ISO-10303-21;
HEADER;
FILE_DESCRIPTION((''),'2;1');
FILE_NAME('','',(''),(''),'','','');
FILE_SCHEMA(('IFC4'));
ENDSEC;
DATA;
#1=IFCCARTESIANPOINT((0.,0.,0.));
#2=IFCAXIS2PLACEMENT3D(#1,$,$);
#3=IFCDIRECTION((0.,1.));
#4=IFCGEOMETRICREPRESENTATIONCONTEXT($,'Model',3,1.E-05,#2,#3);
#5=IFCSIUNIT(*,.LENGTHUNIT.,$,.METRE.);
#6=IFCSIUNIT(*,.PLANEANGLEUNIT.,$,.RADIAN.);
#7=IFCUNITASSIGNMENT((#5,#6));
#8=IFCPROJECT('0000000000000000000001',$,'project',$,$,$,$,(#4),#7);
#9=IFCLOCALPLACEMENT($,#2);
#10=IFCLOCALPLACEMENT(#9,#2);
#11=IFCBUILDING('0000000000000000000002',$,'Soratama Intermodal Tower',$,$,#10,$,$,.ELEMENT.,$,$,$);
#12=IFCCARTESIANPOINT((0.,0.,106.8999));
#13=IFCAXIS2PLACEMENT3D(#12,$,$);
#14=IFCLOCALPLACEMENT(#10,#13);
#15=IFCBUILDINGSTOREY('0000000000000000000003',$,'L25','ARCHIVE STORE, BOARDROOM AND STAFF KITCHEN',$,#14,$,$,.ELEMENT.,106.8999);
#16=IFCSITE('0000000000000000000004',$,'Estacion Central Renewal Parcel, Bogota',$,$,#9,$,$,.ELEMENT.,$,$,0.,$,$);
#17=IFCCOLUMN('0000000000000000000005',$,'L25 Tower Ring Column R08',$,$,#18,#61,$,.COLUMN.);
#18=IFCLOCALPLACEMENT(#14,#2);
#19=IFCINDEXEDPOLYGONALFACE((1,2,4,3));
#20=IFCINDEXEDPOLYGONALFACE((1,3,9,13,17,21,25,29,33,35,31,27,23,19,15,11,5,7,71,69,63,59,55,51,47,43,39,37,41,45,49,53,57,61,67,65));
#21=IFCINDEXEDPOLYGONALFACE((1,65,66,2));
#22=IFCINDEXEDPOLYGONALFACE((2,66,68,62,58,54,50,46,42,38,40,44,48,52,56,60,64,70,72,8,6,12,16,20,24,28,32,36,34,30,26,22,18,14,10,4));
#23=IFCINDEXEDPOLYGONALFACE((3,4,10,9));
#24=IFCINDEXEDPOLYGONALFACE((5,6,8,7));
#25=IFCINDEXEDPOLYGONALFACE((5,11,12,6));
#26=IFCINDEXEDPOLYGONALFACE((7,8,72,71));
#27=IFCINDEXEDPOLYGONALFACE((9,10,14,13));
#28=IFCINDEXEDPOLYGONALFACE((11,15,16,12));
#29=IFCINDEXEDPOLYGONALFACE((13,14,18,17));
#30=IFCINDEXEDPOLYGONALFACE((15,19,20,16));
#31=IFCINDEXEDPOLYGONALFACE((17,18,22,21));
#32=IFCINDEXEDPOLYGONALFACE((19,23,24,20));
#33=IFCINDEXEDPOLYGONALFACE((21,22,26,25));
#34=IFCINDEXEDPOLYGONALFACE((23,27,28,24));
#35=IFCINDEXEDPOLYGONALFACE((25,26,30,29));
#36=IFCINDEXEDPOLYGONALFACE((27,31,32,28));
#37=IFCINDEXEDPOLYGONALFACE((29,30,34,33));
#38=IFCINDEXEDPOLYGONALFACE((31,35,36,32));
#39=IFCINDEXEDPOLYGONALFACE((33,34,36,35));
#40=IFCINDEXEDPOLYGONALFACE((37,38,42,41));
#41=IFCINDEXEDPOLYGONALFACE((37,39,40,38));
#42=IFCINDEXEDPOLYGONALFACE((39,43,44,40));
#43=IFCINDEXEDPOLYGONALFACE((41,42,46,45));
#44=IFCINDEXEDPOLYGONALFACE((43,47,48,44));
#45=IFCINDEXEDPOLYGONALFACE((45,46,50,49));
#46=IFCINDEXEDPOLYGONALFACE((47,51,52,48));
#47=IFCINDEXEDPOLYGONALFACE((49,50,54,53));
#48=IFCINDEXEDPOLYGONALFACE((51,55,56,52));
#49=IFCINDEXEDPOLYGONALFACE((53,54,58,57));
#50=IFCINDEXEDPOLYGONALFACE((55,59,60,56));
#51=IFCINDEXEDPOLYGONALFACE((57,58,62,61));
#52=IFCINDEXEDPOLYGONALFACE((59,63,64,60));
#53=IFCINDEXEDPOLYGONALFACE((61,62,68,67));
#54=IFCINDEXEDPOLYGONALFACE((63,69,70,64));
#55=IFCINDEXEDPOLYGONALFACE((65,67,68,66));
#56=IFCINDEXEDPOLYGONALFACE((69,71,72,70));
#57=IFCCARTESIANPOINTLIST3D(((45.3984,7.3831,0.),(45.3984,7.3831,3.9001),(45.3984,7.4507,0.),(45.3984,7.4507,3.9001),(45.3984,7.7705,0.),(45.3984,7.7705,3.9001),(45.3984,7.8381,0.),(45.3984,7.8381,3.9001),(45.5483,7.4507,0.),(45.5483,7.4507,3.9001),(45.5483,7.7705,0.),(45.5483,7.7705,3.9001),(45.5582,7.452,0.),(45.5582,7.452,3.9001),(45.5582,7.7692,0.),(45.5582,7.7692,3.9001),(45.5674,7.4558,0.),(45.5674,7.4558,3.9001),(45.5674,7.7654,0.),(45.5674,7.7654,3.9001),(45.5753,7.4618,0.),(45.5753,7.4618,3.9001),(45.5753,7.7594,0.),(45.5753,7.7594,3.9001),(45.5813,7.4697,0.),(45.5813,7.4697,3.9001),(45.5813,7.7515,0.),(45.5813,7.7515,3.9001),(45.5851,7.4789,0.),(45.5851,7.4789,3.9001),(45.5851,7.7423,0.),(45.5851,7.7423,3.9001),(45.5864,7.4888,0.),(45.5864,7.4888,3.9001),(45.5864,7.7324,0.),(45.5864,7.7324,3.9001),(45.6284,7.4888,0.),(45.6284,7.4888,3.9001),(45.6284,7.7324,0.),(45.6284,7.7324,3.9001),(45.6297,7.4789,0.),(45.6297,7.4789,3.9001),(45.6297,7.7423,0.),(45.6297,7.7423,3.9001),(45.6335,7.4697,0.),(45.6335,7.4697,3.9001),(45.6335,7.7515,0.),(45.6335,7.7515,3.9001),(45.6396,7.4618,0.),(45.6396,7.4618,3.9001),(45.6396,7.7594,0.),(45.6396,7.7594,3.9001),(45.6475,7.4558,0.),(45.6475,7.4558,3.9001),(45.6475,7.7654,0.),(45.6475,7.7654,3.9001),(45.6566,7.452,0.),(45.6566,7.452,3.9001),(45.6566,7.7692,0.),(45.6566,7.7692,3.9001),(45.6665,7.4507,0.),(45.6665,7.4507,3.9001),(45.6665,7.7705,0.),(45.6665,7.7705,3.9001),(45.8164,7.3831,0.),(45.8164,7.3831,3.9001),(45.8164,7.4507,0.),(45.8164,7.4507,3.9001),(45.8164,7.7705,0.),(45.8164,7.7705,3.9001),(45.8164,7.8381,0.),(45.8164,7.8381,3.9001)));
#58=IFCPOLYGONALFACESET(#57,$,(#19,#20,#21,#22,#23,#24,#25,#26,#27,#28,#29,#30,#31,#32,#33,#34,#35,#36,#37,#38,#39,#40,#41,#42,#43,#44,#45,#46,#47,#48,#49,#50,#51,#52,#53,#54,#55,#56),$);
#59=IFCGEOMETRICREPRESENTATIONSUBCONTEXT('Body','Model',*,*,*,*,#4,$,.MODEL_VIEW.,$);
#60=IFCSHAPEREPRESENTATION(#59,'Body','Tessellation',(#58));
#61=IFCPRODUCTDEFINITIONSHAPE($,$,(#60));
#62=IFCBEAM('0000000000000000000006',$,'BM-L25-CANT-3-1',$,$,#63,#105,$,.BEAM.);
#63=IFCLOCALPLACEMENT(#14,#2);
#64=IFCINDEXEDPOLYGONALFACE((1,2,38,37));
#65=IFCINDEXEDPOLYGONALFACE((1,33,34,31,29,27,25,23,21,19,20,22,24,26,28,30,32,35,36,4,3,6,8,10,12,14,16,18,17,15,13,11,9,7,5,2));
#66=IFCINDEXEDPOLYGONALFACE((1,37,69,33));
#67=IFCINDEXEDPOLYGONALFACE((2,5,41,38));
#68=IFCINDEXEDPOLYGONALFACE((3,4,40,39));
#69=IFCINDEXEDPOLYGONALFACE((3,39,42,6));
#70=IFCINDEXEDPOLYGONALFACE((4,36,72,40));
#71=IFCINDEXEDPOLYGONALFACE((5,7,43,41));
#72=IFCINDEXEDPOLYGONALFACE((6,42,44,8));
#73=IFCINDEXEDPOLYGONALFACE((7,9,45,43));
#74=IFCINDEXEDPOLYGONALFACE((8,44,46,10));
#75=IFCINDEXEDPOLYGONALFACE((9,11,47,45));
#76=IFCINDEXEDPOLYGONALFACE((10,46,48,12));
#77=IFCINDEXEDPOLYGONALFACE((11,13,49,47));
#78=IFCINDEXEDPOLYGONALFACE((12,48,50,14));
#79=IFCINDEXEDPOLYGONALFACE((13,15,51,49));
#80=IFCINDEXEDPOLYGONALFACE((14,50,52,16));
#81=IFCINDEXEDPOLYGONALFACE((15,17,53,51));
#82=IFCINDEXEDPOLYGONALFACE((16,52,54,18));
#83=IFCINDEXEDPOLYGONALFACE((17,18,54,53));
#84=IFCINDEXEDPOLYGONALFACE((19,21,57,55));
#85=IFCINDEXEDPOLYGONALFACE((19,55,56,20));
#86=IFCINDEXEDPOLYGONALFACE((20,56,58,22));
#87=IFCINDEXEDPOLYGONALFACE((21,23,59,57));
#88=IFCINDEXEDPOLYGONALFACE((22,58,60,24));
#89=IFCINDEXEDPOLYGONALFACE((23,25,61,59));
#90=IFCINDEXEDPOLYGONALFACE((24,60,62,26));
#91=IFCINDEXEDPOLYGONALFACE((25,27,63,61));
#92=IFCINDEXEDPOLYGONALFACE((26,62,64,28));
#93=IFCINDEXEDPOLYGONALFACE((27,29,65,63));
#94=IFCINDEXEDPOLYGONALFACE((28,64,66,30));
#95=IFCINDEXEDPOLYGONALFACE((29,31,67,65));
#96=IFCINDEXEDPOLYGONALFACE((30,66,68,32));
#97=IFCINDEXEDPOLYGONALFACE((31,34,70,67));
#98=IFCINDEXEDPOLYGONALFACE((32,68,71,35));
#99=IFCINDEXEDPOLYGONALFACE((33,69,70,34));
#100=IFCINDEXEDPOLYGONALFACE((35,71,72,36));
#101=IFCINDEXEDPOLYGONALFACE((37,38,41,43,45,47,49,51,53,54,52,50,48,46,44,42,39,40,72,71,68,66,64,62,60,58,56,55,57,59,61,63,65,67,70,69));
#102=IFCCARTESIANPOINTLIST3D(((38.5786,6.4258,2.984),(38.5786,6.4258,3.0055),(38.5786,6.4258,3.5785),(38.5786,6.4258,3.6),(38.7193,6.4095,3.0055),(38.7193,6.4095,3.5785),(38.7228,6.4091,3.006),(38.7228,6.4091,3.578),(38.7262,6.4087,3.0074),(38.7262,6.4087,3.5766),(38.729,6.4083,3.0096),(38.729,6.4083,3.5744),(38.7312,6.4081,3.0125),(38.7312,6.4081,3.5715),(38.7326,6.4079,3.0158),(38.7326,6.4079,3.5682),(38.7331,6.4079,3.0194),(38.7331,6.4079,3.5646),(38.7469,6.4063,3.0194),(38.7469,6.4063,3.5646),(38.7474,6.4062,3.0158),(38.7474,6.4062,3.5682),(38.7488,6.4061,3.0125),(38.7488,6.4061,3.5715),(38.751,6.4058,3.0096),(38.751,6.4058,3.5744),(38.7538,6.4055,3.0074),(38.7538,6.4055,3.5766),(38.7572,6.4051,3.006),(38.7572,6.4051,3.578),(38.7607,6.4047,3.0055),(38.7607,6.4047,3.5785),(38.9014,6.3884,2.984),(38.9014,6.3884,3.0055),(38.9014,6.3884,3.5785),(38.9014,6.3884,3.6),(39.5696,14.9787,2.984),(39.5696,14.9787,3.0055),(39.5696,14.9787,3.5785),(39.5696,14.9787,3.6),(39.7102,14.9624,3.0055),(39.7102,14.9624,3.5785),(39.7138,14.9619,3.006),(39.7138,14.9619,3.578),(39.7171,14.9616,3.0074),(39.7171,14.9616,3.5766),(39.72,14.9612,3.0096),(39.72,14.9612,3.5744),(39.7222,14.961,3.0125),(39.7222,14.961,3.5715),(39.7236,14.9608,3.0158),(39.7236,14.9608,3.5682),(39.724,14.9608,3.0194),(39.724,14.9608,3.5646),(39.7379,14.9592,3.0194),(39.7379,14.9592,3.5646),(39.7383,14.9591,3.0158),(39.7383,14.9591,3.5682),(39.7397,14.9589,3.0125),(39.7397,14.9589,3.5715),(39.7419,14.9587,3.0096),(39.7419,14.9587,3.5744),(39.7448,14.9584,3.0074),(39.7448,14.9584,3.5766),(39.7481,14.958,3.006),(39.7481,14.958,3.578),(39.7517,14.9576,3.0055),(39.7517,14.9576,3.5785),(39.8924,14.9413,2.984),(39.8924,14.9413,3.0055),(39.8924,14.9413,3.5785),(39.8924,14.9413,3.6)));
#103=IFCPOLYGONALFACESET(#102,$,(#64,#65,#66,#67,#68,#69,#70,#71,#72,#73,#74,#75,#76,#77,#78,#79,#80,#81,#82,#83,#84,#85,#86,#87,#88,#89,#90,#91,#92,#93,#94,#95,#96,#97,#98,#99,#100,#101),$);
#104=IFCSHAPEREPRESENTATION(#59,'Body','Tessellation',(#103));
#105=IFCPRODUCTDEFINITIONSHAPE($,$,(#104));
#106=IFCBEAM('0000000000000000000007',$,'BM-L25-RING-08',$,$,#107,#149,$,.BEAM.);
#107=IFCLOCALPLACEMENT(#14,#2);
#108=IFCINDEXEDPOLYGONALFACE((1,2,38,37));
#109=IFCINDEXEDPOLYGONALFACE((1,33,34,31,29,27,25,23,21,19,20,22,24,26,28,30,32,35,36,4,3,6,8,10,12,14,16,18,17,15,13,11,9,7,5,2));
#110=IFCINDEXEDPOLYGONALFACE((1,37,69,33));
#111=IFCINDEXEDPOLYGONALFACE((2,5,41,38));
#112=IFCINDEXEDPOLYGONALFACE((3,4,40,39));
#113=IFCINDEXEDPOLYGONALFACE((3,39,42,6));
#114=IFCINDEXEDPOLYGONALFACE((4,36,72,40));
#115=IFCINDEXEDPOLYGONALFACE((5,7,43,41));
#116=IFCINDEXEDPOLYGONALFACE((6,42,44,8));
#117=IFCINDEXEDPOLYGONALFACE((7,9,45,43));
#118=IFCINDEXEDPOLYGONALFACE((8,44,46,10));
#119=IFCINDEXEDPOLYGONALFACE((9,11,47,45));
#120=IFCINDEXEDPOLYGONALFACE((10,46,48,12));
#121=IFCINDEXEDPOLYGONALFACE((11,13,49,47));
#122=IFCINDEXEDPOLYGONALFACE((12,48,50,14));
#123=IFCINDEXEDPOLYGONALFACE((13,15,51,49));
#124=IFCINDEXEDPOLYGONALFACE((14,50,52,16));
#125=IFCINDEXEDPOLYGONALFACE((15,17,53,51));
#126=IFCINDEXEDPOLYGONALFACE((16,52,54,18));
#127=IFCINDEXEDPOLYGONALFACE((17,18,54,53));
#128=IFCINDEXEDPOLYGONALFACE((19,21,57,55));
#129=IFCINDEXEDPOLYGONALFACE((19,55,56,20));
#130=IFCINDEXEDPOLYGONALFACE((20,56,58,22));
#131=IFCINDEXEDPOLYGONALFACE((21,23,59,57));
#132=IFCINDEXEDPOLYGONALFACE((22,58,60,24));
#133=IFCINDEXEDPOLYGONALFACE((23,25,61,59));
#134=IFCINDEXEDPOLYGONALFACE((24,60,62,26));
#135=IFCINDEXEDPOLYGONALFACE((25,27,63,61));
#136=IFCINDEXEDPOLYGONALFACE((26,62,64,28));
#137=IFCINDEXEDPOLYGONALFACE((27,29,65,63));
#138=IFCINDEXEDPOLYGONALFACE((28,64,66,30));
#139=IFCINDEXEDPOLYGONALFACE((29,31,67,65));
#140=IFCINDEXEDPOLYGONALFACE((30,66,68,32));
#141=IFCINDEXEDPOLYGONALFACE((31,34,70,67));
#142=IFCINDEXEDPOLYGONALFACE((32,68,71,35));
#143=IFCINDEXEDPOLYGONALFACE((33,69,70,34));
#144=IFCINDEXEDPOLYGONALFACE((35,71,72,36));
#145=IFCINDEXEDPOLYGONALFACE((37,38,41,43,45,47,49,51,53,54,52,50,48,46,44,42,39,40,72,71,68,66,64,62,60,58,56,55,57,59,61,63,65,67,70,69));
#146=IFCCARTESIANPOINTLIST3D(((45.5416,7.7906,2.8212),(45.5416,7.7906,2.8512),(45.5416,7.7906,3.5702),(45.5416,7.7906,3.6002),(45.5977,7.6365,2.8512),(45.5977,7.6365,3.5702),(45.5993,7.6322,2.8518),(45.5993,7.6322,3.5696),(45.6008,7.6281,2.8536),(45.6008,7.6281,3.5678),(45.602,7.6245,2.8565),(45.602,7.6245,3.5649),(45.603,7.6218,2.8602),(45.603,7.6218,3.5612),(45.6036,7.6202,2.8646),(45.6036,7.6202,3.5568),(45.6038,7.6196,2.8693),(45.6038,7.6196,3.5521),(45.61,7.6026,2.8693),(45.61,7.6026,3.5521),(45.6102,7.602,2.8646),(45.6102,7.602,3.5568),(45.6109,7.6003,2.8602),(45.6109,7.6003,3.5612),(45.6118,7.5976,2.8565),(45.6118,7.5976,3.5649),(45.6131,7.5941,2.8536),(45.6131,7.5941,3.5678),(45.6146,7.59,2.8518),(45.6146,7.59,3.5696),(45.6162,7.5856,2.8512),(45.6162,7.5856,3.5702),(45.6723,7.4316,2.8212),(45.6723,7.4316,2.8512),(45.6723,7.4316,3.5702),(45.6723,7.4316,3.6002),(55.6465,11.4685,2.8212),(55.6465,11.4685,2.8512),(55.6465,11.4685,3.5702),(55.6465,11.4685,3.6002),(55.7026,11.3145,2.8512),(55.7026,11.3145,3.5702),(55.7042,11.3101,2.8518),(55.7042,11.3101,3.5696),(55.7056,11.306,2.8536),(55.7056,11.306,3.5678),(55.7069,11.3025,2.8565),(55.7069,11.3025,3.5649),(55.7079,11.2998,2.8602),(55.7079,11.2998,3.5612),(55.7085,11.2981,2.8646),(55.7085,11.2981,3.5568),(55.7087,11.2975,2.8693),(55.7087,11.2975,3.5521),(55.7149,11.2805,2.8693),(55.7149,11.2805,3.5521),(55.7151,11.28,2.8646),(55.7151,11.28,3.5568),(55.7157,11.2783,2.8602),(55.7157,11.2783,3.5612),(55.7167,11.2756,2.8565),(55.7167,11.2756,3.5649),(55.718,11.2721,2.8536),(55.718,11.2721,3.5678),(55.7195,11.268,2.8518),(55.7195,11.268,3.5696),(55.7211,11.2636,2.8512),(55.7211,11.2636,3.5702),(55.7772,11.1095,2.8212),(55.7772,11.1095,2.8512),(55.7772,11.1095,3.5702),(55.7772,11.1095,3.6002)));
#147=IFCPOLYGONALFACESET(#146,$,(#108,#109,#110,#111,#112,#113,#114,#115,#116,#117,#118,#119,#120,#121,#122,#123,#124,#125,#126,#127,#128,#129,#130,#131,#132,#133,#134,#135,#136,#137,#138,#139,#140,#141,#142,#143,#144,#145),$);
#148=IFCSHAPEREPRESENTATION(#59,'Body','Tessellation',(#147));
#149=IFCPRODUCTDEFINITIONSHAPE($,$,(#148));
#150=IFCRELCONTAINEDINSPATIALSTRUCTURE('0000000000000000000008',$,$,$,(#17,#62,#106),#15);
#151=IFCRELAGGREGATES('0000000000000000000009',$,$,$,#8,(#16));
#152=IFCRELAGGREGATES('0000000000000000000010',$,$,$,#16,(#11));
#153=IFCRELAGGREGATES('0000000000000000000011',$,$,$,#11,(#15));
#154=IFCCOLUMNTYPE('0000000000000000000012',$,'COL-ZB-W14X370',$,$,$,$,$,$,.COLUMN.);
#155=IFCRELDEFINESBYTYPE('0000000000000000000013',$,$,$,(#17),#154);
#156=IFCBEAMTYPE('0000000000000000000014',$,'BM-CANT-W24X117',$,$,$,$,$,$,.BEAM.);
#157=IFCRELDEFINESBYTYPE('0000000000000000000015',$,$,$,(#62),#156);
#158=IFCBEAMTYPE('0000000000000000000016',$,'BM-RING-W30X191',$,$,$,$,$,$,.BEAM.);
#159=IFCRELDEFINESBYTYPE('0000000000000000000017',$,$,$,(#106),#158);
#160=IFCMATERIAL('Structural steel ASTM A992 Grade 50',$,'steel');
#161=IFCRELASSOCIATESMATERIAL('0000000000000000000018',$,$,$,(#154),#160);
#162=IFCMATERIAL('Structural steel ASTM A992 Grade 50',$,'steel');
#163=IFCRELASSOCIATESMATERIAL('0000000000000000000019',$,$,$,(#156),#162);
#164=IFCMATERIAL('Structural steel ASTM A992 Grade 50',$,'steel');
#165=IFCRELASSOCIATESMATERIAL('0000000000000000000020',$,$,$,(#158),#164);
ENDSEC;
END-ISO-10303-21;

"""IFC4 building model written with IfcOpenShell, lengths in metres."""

from ifc_helpers import new_model, si_unit, direction, frame, origin, origin_2d, place, context, subcontext, project, spatial, i_section, extrude, material, material_profile, profile_set, type_object, element, save


model = new_model("IFC4")

# Units and contexts
model_context = context("Model", 3, precision=1e-05, world=origin(), true_north=direction((0.0, 1.0)))
body_context = subcontext(model_context, "Body", "Model", "MODEL_VIEW")
ifc_project = project(units=[si_unit("LENGTHUNIT", "METRE"), si_unit("PLANEANGLEUNIT", "RADIAN")], contexts=[model_context])

# Site, building, storey
site_placement = place(None, origin())
site = spatial("IfcSite", under=ifc_project, at=site_placement, Name="Estacion Central Renewal Parcel, Bogota", CompositionType="ELEMENT", RefElevation=0.0)
building_placement = place(site_placement, origin())
building = spatial("IfcBuilding", under=site, at=building_placement, Name="Soratama Intermodal Tower", CompositionType="ELEMENT")
storey_placement = place(building_placement, frame((0.0, 0.0, 106.8999)))
storey = spatial("IfcBuildingStorey", under=building, at=storey_placement, Name="L25", Description="ARCHIVE STORE, BOARDROOM AND STAFF KITCHEN", CompositionType="ELEMENT", Elevation=106.8999)

# Column
ifc_material_1 = material(Name="Structural steel ASTM A992 Grade 50", Category="steel")
ifc_material_profile_1 = material_profile(ifc_material_1, i_section(OverallWidth=0.418, OverallDepth=0.4551, WebThickness=0.042, FlangeThickness=0.0676, FilletRadius=0.0381, at=origin_2d()), Name="W14X370")
ifc_profile_set_1 = profile_set([ifc_material_profile_1], Name="Structural steel ASTM A992 Grade 50")
column_type = type_object("IfcColumnType", Name="COL-ZB-W14X370", PredefinedType="COLUMN", material=ifc_profile_set_1)
column_placement = place(storey_placement, frame((45.6074, 7.6106, 0.0), z_axis=(0.0, 0.0, 1.0), x_axis=(1.0, 0.0, 0.0)))
element("IfcColumn", 1, at=column_placement, inside=storey, type_object=column_type, Name="L25 Tower Ring Column R08", PredefinedType="COLUMN", context=body_context, shape_type="SweptSolid", body=[
    extrude(i_section(OverallWidth=0.418, OverallDepth=0.4551, WebThickness=0.042, FlangeThickness=0.0676, FilletRadius=0.0381, at=origin_2d()), origin(), (0.0, 0.0, 1.0), 3.9001),
])

# Beams
ifc_material_2 = material(Name="Structural steel ASTM A992 Grade 50", Category="steel")
ifc_material_profile_2 = material_profile(ifc_material_2, i_section(OverallWidth=0.325, OverallDepth=0.616, WebThickness=0.0139, FlangeThickness=0.0215, FilletRadius=0.0139, at=origin_2d()), Name="W24X117")
ifc_profile_set_2 = profile_set([ifc_material_profile_2], Name="Structural steel ASTM A992 Grade 50")
beam_type_1 = type_object("IfcBeamType", Name="BM-CANT-W24X117", PredefinedType="BEAM", material=ifc_profile_set_2)
beam_1_placement = place(storey_placement, frame((39.731, 14.96, 3.292), z_axis=(-0.115092, -0.993355, 0.0), x_axis=(0.993355, -0.115092, 0.0)))
element("IfcBeam", 2, at=beam_1_placement, inside=storey, type_object=beam_type_1, Name="BM-L25-CANT-3-1", PredefinedType="BEAM", context=body_context, shape_type="SweptSolid", body=[
    extrude(i_section(OverallWidth=0.325, OverallDepth=0.616, WebThickness=0.0139, FlangeThickness=0.0215, FilletRadius=0.0139, at=origin_2d()), origin(), (0.0, 0.0, 1.0), 8.6101),
])
ifc_material_3 = material(Name="Structural steel ASTM A992 Grade 50", Category="steel")
ifc_material_profile_3 = material_profile(ifc_material_3, i_section(OverallWidth=0.3821, OverallDepth=0.7791, WebThickness=0.0181, FlangeThickness=0.03, FilletRadius=0.0181, at=origin_2d()), Name="W30X191")
ifc_profile_set_3 = profile_set([ifc_material_profile_3], Name="Structural steel ASTM A992 Grade 50")
beam_type_2 = type_object("IfcBeamType", Name="BM-RING-W30X191", PredefinedType="BEAM", material=ifc_profile_set_3)
beam_2_placement = place(storey_placement, frame((45.6069, 7.6111, 3.2107), z_axis=(0.939691, 0.342026, 0.0), x_axis=(-0.342026, 0.939691, 0.0)))
element("IfcBeam", 3, at=beam_2_placement, inside=storey, type_object=beam_type_2, Name="BM-L25-RING-08", PredefinedType="BEAM", context=body_context, shape_type="SweptSolid", body=[
    extrude(i_section(OverallWidth=0.3821, OverallDepth=0.7791, WebThickness=0.0181, FlangeThickness=0.03, FilletRadius=0.0181, at=origin_2d()), origin(), (0.0, 0.0, 1.0), 10.7534),
])

save(model, "model.ifc")
